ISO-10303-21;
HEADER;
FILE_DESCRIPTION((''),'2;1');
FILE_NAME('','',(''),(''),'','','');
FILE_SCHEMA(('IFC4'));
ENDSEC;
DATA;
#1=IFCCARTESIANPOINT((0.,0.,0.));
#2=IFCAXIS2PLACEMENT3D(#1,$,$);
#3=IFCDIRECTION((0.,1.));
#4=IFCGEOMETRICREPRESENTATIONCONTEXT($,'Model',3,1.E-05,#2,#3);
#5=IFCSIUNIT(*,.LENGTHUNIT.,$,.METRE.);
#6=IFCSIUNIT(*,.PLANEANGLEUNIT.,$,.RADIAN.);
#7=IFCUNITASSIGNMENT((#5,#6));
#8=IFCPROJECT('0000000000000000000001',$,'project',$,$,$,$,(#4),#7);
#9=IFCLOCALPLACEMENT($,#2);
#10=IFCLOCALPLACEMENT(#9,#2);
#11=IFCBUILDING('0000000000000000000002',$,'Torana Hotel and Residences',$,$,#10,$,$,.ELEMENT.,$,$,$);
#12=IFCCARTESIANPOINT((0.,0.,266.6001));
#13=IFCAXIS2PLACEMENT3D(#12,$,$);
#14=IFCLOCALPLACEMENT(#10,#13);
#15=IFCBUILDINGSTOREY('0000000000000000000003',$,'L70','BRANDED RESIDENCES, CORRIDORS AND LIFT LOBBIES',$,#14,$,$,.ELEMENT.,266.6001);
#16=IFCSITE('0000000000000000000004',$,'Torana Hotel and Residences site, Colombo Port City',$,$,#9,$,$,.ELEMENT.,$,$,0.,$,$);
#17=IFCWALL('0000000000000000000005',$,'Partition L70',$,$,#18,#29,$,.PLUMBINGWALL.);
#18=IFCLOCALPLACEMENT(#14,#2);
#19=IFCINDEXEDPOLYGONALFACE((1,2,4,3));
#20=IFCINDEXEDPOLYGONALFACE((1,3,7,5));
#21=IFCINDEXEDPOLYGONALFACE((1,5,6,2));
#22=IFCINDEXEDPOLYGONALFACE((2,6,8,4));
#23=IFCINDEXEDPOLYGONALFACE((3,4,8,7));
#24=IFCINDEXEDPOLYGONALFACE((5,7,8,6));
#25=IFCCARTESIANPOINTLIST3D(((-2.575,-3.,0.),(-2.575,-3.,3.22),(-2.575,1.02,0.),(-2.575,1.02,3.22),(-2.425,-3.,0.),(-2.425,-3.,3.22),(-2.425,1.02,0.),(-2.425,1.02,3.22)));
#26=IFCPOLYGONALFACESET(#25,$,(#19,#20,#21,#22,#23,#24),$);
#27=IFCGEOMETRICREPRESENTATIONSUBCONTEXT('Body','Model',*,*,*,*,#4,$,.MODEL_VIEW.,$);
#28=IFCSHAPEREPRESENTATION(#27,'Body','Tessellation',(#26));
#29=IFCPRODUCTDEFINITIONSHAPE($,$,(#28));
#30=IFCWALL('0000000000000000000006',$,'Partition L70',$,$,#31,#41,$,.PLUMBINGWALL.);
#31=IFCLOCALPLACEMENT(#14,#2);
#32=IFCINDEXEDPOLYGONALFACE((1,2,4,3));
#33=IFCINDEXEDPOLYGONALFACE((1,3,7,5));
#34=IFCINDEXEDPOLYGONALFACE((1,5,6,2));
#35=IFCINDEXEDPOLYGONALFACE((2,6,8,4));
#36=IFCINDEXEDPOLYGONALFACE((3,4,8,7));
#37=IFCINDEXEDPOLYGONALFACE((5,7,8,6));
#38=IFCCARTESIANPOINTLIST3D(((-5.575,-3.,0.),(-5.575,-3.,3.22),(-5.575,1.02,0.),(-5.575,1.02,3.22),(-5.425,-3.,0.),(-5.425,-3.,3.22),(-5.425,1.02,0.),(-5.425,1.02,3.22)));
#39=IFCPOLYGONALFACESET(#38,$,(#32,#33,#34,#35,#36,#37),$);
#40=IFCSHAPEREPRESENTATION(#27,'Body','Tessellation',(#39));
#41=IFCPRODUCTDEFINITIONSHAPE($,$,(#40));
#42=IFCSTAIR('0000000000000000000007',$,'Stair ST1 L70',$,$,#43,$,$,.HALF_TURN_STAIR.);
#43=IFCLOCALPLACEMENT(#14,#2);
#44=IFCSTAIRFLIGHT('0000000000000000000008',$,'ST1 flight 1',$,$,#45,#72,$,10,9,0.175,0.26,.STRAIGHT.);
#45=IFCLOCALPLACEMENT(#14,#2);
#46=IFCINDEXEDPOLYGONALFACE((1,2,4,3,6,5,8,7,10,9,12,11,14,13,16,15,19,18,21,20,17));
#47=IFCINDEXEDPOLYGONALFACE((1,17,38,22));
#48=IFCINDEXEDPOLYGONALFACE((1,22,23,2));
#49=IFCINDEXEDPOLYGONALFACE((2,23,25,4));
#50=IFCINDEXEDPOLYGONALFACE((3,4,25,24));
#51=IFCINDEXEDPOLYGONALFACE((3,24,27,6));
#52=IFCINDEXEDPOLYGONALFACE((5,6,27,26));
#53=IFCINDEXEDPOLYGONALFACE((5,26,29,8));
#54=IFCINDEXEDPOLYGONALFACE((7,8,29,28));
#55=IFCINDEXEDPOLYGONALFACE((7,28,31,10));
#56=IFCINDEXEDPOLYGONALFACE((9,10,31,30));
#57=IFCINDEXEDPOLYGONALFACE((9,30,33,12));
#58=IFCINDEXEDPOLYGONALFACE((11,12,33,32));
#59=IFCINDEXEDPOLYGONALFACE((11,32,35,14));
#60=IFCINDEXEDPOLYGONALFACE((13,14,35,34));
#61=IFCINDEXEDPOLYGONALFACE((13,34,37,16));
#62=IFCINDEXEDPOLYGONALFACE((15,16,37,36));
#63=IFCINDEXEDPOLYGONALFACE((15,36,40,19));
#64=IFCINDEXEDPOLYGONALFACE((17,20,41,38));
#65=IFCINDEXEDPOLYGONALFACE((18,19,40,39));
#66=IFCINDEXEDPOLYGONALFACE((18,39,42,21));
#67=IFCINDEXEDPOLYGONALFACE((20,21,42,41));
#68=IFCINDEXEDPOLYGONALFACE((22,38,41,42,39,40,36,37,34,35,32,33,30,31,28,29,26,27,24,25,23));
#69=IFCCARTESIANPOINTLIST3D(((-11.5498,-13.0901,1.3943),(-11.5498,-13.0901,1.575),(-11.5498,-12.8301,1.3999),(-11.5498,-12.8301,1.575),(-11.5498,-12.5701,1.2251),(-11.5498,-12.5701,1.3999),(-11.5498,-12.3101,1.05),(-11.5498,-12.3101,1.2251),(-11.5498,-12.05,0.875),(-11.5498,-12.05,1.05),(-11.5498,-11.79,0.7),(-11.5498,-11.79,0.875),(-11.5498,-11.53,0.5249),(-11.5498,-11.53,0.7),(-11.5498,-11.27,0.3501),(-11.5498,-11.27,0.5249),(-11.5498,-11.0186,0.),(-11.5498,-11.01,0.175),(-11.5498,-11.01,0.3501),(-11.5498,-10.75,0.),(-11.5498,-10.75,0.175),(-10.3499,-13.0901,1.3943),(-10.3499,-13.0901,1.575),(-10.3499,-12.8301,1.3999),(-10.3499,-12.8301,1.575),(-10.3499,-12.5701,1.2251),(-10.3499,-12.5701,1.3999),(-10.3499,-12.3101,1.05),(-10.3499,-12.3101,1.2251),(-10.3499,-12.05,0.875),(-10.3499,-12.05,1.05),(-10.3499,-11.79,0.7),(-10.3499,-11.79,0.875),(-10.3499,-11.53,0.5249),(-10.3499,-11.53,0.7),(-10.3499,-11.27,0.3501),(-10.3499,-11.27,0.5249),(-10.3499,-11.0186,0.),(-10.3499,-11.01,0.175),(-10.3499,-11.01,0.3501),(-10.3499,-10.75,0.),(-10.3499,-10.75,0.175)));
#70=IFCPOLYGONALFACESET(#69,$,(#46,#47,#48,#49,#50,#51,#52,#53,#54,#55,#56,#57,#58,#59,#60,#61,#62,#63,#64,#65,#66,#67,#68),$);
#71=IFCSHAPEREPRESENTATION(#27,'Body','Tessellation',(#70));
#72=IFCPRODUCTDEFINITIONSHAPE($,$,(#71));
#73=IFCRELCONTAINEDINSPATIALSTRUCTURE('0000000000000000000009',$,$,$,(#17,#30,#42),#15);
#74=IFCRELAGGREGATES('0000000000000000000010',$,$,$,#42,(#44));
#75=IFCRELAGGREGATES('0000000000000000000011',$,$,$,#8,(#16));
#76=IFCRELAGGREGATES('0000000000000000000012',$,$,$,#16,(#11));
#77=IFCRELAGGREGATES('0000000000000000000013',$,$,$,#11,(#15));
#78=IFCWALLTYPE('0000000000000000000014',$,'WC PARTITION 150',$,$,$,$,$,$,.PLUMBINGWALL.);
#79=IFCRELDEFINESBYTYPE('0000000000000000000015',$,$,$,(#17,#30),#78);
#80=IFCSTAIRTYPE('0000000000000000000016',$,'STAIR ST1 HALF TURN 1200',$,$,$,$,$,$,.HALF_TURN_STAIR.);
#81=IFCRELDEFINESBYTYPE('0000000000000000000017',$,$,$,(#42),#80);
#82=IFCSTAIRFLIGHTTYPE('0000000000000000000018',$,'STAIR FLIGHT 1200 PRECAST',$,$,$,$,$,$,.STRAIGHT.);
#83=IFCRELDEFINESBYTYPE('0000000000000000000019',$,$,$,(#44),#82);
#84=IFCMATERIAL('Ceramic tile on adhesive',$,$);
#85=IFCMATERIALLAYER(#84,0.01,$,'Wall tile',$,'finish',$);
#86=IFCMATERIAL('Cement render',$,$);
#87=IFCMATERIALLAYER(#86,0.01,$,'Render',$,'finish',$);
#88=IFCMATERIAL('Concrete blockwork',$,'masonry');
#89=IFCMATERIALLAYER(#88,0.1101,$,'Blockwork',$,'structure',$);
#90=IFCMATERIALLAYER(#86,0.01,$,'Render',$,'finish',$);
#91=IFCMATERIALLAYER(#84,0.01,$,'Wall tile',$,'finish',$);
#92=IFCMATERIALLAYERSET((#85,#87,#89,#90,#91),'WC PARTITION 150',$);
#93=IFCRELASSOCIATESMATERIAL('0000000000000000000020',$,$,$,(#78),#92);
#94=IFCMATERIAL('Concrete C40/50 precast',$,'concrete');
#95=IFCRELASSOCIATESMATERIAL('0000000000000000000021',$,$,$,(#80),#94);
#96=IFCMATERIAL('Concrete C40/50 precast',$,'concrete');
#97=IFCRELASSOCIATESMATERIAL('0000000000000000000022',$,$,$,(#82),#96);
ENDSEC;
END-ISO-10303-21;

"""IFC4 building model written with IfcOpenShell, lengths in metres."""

from ifc_helpers import new_model, si_unit, direction, frame, frame_2d, origin, place, context, subcontext, project, spatial, polyline, rectangle, outline, extrude, material, layer, layer_set, type_object, element, aggregate, save


model = new_model("IFC4")

# Units and contexts
model_context = context("Model", 3, precision=1e-05, world=origin(), true_north=direction((0.0, 1.0)))
body_context = subcontext(model_context, "Body", "Model", "MODEL_VIEW")
ifc_project = project(units=[si_unit("LENGTHUNIT", "METRE"), si_unit("PLANEANGLEUNIT", "RADIAN")], contexts=[model_context])

# Site, building, storey
site_placement = place(None, origin())
site = spatial("IfcSite", under=ifc_project, at=site_placement, Name="Torana Hotel and Residences site, Colombo Port City", CompositionType="ELEMENT", RefElevation=0.0)
building_placement = place(site_placement, origin())
building = spatial("IfcBuilding", under=site, at=building_placement, Name="Torana Hotel and Residences", CompositionType="ELEMENT")
storey_placement = place(building_placement, frame((0.0, 0.0, 266.6001)))
storey = spatial("IfcBuildingStorey", under=building, at=storey_placement, Name="L70", Description="BRANDED RESIDENCES, CORRIDORS AND LIFT LOBBIES", CompositionType="ELEMENT", Elevation=266.6001)

# Shared definitions
ifc_material_1 = material(Name="Concrete blockwork", Category="masonry")

# Walls
ifc_material_2 = material(Name="Ceramic tile on adhesive")
ifc_layer_1 = layer(ifc_material_2, 0.01, Name="Wall tile", Category="finish")
ifc_material_3 = material(Name="Cement render")
ifc_layer_2 = layer(ifc_material_3, 0.01, Name="Render", Category="finish")
ifc_layer_3 = layer(ifc_material_1, 0.1101, Name="Blockwork", Category="structure")
ifc_layer_4 = layer(ifc_material_3, 0.01, Name="Render", Category="finish")
ifc_layer_5 = layer(ifc_material_2, 0.01, Name="Wall tile", Category="finish")
ifc_layer_set_1 = layer_set([ifc_layer_1, ifc_layer_2, ifc_layer_3, ifc_layer_4, ifc_layer_5], Name="WC PARTITION 150")
wall_type_1 = type_object("IfcWallType", Name="WC PARTITION 150", PredefinedType="PLUMBINGWALL", material=ifc_layer_set_1)
for number, where, z_axis, x_axis, name in (
    (1, (-2.5, -3.0, 0.0), (0.0, 0.0, 1.0), (0.0, 1.0, 0.0), "Partition L70"),
    (2, (-5.5, -3.0, 0.0), (0.0, 0.0, 1.0), (0.0, 1.0, 0.0), "Partition L70"),
):
    element("IfcWall", number, at=place(storey_placement, frame(where, z_axis=z_axis, x_axis=x_axis)), inside=storey, type_object=wall_type_1, Name=name, PredefinedType="PLUMBINGWALL", context=body_context, shape_type="SweptSolid", body=[
        extrude(rectangle(XDim=4.02, YDim=0.1499, at=frame_2d((2.01, 0.0))), origin(), (0.0, 0.0, 1.0), 3.22),
    ])

# Stair, stair flight
ifc_material_4 = material(Name="Concrete C40/50 precast", Category="concrete")
stair_type = type_object("IfcStairType", Name="STAIR ST1 HALF TURN 1200", PredefinedType="HALF_TURN_STAIR", material=ifc_material_4)
stair_placement = place(storey_placement, origin())
stair = element("IfcStair", 3, at=stair_placement, inside=storey, type_object=stair_type, Name="Stair ST1 L70", PredefinedType="HALF_TURN_STAIR")
ifc_material_5 = material(Name="Concrete C40/50 precast", Category="concrete")
stair_flight_type = type_object("IfcStairFlightType", Name="STAIR FLIGHT 1200 PRECAST", PredefinedType="STRAIGHT", material=ifc_material_5)
stair_flight_placement = place(storey_placement, frame((-10.95, -10.75, 0.0), z_axis=(0.0, 0.0, 1.0), x_axis=(0.0, -1.0, 0.0)))
stair_flight = element("IfcStairFlight", 4, at=stair_flight_placement, type_object=stair_flight_type, Name="ST1 flight 1", NumberOfRisers=10, NumberOfTreads=9, PredefinedType="STRAIGHT", RiserHeight=0.175, TreadLength=0.26, context=body_context, shape_type="SweptSolid", body=[
    extrude(outline(polyline([(0.0, 0.0), (0.0, 0.175), (0.26, 0.175), (0.26, 0.3501), (0.52, 0.3501), (0.52, 0.5249), (0.78, 0.5249), (0.78, 0.7), (1.04, 0.7), (1.04, 0.875), (1.3, 0.875), (1.3, 1.05), (1.5601, 1.05), (1.5601, 1.2251), (1.8201, 1.2251), (1.8201, 1.3999), (2.0801, 1.3999), (2.0801, 1.575), (2.3401, 1.575), (2.3401, 1.75), (2.3401, 1.3943), (0.2686, 0.0), (0.0, 0.0)])), frame((0.0, 0.6001, 0.0), z_axis=(0.0, -1.0, 0.0), x_axis=(1.0, 0.0, 0.0)), (0.0, 0.0, 1.0), 1.2),
])
aggregate(stair, [stair_flight])

save(model, "model.ifc")
